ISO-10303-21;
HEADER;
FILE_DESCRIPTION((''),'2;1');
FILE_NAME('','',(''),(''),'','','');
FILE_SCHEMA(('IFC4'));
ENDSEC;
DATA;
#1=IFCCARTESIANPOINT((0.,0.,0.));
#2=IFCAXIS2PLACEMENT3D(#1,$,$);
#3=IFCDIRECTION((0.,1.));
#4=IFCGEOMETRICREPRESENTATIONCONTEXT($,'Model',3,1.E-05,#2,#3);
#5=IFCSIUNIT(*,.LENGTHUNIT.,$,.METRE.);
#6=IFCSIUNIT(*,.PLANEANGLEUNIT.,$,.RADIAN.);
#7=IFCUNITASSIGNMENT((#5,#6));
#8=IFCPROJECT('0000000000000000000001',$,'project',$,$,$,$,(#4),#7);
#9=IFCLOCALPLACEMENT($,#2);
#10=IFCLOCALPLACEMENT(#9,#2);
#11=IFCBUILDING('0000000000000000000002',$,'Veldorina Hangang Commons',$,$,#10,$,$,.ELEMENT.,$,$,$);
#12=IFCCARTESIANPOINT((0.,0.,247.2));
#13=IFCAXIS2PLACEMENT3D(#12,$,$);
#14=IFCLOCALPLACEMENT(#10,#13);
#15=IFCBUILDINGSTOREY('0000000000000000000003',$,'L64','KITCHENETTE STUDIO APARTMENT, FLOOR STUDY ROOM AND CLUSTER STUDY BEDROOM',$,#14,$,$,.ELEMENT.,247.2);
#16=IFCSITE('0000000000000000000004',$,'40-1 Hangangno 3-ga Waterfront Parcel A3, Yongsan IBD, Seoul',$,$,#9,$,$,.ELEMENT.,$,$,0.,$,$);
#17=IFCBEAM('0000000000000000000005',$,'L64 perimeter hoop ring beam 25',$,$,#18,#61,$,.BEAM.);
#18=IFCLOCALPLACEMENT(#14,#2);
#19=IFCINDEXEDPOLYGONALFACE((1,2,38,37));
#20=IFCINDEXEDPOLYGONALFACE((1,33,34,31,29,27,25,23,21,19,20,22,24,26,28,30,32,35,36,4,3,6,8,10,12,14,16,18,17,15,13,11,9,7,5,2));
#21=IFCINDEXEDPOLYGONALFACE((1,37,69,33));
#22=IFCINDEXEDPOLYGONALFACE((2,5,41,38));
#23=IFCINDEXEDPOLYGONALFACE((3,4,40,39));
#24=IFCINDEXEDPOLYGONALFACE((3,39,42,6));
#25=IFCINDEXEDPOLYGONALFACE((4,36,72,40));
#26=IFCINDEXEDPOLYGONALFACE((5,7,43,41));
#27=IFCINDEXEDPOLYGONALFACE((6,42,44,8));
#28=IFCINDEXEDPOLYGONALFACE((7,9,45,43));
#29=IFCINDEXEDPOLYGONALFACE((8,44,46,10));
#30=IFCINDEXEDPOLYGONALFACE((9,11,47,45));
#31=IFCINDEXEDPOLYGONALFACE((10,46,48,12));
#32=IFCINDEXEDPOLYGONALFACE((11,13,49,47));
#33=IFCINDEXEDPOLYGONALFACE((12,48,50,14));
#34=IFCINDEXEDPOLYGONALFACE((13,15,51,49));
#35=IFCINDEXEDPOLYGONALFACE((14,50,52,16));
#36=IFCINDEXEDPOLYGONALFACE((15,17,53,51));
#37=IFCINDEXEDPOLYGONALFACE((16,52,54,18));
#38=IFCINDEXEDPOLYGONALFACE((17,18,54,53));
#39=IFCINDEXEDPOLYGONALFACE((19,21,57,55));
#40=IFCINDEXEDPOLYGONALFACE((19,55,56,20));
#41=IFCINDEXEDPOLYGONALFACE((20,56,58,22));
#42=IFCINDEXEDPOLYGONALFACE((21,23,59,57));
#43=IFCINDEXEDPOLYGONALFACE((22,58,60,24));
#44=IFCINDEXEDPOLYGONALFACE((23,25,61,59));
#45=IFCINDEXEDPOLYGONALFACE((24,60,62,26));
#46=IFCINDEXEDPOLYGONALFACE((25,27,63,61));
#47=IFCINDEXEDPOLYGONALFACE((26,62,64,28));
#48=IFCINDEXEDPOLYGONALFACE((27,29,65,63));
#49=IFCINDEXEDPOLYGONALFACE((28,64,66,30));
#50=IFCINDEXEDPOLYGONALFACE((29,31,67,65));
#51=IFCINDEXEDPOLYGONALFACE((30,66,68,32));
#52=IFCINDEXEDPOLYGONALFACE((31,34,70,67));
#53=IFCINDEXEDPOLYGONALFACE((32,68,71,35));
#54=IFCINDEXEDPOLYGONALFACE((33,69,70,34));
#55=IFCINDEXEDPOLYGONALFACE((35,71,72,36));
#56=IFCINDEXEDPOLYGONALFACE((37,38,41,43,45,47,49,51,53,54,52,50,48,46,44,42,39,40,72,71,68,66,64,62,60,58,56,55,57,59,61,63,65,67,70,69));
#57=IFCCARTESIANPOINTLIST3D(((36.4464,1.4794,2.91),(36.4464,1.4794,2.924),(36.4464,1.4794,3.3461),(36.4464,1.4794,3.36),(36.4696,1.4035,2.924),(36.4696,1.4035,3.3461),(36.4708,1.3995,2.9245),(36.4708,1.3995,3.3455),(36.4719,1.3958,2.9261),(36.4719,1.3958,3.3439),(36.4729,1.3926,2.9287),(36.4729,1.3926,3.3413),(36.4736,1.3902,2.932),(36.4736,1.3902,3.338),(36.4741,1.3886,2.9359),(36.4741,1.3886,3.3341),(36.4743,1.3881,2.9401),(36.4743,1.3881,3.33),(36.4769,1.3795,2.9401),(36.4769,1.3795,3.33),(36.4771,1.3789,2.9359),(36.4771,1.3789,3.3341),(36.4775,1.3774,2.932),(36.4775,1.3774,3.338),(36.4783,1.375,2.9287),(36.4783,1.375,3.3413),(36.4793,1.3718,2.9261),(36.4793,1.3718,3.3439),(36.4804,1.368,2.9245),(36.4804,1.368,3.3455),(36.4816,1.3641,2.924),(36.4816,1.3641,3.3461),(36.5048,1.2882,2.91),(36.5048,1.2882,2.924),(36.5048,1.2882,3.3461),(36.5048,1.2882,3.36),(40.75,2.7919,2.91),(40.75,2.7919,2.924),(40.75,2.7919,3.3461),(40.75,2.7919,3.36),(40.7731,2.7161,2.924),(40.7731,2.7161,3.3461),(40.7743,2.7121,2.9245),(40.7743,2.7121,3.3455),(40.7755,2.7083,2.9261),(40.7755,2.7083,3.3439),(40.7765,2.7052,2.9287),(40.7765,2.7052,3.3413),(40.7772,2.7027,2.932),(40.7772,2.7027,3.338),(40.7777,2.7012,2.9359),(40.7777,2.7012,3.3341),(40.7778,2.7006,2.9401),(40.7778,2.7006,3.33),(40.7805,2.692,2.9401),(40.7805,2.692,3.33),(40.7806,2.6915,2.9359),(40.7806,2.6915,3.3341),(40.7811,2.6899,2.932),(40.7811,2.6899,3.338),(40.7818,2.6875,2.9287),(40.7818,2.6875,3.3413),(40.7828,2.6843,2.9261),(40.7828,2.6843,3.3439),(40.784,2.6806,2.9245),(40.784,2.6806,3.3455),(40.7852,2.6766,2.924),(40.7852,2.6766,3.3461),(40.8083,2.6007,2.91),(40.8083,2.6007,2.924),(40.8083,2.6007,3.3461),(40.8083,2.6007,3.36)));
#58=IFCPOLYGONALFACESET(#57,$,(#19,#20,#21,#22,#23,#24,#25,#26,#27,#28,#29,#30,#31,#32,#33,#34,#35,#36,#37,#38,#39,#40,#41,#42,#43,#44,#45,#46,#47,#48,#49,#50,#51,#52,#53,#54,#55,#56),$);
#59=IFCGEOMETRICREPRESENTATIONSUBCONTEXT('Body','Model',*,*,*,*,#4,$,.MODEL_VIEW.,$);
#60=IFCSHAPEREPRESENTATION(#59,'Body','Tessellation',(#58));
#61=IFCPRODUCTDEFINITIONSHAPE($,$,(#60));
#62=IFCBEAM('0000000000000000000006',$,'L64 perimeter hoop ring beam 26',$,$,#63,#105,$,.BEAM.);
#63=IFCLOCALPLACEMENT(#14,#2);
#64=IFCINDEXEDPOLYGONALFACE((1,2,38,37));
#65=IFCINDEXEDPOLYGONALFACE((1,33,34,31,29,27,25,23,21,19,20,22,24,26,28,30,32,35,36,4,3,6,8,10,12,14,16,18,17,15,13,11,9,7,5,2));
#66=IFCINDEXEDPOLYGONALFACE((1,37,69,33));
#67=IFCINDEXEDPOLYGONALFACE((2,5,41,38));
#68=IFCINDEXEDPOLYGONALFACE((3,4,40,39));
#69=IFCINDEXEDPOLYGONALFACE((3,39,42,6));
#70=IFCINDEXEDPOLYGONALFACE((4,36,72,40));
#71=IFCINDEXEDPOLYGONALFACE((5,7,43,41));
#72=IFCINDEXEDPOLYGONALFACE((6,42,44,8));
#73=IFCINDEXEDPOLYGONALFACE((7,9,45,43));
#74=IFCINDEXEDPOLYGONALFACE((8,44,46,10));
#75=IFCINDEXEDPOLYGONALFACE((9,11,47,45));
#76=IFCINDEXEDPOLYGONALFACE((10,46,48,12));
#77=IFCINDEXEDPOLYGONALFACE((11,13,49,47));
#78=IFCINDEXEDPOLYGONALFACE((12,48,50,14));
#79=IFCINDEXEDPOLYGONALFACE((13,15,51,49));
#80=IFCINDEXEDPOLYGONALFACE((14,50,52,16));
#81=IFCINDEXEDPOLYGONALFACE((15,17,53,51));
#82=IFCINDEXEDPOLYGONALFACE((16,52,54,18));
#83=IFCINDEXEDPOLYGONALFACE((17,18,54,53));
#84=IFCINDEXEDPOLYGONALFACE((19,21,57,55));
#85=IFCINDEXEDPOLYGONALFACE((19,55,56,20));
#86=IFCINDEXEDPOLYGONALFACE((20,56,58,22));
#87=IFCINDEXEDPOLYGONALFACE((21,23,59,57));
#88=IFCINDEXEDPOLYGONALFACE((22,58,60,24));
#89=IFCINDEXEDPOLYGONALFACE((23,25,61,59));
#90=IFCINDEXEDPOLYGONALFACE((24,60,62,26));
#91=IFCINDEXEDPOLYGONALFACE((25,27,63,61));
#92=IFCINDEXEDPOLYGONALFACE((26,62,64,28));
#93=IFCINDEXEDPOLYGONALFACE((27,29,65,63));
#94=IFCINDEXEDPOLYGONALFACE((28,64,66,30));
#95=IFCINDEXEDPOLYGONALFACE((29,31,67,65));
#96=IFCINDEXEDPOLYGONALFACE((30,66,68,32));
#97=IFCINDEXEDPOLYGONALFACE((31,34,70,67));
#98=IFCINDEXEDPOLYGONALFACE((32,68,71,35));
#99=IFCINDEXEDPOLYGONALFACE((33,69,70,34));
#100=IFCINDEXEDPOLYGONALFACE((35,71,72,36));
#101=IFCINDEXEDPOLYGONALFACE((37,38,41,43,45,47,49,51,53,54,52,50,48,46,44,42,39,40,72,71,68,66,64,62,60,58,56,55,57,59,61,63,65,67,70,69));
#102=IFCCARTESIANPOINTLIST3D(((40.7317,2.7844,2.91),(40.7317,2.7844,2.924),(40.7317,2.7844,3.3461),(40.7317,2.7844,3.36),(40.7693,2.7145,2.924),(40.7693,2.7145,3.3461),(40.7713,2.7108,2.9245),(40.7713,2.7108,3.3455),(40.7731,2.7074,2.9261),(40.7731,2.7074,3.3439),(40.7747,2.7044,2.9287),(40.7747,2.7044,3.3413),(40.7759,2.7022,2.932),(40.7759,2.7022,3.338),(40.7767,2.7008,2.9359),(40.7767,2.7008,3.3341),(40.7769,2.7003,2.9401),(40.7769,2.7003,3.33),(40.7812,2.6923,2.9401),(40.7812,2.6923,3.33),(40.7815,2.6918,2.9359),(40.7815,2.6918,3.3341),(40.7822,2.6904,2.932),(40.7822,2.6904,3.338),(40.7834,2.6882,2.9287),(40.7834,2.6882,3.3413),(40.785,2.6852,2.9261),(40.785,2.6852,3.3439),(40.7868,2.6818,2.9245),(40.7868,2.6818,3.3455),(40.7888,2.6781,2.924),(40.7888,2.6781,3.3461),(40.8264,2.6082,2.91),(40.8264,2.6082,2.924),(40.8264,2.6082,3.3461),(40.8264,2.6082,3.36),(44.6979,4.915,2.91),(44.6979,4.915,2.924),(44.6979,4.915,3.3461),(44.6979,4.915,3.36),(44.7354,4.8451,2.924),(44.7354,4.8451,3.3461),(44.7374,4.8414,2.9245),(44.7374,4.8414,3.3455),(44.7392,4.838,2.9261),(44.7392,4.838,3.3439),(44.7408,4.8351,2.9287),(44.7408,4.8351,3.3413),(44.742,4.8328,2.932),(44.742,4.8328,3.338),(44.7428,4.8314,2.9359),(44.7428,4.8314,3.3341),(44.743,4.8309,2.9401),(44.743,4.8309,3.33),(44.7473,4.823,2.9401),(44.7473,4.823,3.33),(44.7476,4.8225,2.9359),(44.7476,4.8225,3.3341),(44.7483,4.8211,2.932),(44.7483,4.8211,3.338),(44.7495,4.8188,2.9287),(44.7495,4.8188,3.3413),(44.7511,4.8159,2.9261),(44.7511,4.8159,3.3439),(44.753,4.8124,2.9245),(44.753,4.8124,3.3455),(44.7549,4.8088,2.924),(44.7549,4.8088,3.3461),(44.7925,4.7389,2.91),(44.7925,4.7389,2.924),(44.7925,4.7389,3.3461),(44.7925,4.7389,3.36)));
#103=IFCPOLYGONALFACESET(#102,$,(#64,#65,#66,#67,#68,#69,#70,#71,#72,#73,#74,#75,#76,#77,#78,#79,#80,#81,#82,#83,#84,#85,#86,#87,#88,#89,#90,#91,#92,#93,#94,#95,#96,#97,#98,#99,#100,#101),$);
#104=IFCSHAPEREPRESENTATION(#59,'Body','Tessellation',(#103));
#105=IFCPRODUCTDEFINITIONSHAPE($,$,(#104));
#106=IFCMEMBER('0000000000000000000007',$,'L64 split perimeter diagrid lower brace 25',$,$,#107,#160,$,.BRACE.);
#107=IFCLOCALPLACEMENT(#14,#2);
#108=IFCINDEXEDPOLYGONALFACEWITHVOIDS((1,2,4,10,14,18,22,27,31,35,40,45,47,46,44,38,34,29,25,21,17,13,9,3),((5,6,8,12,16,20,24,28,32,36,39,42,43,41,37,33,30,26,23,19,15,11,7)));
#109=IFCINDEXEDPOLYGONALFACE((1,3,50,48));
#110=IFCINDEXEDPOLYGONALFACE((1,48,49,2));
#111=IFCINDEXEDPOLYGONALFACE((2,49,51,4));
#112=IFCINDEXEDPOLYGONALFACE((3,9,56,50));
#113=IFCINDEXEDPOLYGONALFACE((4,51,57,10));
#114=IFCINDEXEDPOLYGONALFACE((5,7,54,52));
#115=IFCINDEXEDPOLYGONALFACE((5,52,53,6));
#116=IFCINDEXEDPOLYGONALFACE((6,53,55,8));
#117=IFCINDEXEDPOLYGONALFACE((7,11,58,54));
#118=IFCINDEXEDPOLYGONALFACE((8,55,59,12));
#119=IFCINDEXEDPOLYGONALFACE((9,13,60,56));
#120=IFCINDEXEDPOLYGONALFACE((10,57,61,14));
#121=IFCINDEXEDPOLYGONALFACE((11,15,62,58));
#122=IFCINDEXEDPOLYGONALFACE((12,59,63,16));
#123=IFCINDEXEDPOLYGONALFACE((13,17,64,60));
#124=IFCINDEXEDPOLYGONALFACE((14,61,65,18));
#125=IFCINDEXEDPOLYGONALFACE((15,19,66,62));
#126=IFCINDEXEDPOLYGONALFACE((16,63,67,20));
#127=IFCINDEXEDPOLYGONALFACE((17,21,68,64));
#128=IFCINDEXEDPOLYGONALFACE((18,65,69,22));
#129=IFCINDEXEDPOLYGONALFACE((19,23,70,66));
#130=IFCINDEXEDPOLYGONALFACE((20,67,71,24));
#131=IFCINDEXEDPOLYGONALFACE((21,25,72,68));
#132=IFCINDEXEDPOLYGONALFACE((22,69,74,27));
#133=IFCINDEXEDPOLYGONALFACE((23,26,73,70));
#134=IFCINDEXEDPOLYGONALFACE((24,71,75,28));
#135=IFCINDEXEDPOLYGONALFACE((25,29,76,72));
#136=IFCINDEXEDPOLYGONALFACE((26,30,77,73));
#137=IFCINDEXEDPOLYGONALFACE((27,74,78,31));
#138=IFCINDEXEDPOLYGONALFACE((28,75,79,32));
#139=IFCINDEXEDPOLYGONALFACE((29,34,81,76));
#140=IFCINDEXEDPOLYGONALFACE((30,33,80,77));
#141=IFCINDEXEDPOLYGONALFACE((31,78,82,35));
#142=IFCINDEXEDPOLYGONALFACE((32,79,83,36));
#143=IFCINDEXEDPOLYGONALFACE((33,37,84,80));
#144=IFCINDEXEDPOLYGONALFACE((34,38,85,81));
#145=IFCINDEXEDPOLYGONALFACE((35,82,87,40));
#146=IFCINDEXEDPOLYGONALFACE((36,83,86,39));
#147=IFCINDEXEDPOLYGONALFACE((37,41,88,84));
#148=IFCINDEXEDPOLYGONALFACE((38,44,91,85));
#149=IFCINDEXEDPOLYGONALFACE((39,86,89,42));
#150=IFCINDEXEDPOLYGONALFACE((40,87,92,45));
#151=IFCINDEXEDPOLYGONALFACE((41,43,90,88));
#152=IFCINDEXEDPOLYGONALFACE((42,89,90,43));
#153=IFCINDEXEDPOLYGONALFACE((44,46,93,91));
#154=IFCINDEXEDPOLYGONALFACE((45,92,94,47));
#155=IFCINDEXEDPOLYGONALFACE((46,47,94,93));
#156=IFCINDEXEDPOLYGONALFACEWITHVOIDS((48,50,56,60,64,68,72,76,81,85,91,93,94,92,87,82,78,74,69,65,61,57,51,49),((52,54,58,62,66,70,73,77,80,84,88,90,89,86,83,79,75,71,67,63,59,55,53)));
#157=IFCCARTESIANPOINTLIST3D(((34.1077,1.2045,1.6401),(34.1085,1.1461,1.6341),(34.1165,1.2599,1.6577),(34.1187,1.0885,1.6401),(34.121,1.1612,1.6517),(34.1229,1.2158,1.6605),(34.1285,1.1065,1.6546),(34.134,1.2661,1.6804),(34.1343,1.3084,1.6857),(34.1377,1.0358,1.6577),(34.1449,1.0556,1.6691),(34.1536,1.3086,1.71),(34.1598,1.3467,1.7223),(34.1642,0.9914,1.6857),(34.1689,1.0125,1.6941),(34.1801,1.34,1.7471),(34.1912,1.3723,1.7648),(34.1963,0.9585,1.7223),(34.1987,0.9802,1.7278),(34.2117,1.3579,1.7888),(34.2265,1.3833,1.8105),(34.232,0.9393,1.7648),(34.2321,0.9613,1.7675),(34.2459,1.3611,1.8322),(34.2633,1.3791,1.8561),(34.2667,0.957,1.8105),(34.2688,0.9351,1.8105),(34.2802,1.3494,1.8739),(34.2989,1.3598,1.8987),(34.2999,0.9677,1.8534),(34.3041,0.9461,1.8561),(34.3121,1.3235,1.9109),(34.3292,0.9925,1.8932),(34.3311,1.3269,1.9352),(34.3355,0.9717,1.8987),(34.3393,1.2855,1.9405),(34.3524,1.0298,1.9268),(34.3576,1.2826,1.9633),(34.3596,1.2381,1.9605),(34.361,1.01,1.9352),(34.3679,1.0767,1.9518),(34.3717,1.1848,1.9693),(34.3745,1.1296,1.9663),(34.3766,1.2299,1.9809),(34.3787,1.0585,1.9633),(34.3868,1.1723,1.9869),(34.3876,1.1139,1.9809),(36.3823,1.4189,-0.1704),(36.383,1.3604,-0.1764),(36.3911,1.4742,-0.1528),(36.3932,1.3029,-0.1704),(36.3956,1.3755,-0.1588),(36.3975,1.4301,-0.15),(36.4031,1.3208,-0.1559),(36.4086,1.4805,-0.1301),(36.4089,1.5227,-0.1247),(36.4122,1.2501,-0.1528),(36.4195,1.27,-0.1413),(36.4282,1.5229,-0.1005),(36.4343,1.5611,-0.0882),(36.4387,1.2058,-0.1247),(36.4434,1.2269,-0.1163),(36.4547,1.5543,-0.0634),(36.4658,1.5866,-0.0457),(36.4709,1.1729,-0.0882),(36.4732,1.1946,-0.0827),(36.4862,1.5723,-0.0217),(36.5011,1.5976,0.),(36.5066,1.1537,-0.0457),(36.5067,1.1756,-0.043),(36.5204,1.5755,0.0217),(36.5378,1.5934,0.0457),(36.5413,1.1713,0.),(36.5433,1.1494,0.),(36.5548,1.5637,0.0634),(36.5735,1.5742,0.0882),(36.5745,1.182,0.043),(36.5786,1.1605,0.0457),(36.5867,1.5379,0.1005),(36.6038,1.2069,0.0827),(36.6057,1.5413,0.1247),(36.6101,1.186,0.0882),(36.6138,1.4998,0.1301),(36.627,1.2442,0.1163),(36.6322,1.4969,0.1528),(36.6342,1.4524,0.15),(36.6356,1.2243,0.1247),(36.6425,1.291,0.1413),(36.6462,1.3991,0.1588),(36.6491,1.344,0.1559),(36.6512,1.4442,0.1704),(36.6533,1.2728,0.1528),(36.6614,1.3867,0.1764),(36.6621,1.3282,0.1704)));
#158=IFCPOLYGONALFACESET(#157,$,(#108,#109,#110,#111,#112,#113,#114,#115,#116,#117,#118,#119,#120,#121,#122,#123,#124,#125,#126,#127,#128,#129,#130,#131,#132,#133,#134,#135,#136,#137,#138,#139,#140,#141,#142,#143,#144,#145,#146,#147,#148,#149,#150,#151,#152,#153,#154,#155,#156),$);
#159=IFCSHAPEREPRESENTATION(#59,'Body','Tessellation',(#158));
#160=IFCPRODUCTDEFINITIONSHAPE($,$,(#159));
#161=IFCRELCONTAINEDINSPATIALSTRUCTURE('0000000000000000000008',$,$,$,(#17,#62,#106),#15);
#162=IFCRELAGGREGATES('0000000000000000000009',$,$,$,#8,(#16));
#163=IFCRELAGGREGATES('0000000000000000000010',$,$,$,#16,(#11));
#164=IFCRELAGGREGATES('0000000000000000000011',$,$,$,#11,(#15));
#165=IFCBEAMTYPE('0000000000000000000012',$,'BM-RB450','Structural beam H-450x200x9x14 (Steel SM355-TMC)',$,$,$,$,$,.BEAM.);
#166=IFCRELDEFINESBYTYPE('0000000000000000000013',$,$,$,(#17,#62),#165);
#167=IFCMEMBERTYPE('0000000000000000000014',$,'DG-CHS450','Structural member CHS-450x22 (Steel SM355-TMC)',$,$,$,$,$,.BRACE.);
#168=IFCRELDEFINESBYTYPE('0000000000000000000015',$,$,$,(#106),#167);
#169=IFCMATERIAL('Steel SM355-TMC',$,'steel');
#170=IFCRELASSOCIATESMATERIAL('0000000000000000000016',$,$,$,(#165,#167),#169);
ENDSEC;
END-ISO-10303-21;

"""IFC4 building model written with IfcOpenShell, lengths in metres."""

from ifc_helpers import new_model, si_unit, direction, frame, origin, origin_2d, place, context, subcontext, project, spatial, hollow_circle, i_section, extrude, material, material_profile, profile_set, type_object, element, save


model = new_model("IFC4")

# Units and contexts
model_context = context("Model", 3, precision=1e-05, world=origin(), true_north=direction((0.0, 1.0)))
body_context = subcontext(model_context, "Body", "Model", "MODEL_VIEW")
ifc_project = project(units=[si_unit("LENGTHUNIT", "METRE"), si_unit("PLANEANGLEUNIT", "RADIAN")], contexts=[model_context])

# Site, building, storey
site_placement = place(None, origin())
site = spatial("IfcSite", under=ifc_project, at=site_placement, Name="40-1 Hangangno 3-ga Waterfront Parcel A3, Yongsan IBD, Seoul", CompositionType="ELEMENT", RefElevation=0.0)
building_placement = place(site_placement, origin())
building = spatial("IfcBuilding", under=site, at=building_placement, Name="Veldorina Hangang Commons", CompositionType="ELEMENT")
storey_placement = place(building_placement, frame((0.0, 0.0, 247.2)))
storey = spatial("IfcBuildingStorey", under=building, at=storey_placement, Name="L64", Description="KITCHENETTE STUDIO APARTMENT, FLOOR STUDY ROOM AND CLUSTER STUDY BEDROOM", CompositionType="ELEMENT", Elevation=247.2)

# Beams
ifc_material_1 = material(Name="Steel SM355-TMC", Category="steel")
ifc_material_profile_1 = material_profile(ifc_material_1, i_section(OverallWidth=0.2, OverallDepth=0.45, WebThickness=0.009, FlangeThickness=0.0139, FilletRadius=0.0161, at=origin_2d()), Name="H-450x200x9x14")
ifc_profile_set_1 = profile_set([ifc_material_profile_1], Name="Steel SM355-TMC")
beam_type = type_object("IfcBeamType", Name="BM-RB450", Description="Structural beam H-450x200x9x14 (Steel SM355-TMC)", PredefinedType="BEAM", material=ifc_profile_set_1)
beam_1_placement = place(storey_placement, frame((36.4756, 1.3838, 3.135), z_axis=(0.956504, 0.291721, 0.0), x_axis=(-0.291721, 0.956504, 0.0)))
element("IfcBeam", 1, at=beam_1_placement, inside=storey, type_object=beam_type, Name="L64 perimeter hoop ring beam 25", PredefinedType="BEAM", context=body_context, shape_type="SweptSolid", body=[
    extrude(i_section(OverallWidth=0.2, OverallDepth=0.45, WebThickness=0.009, FlangeThickness=0.0139, FilletRadius=0.0161, at=origin_2d()), origin(), (0.0, 0.0, 1.0), 4.4993),
])
beam_2_placement = place(storey_placement, frame((40.7791, 2.6963, 3.135), z_axis=(0.88093, 0.473246, 0.0), x_axis=(-0.473246, 0.88093, 0.0)))
element("IfcBeam", 2, at=beam_2_placement, inside=storey, type_object=beam_type, Name="L64 perimeter hoop ring beam 26", PredefinedType="BEAM", context=body_context, shape_type="SweptSolid", body=[
    extrude(i_section(OverallWidth=0.2, OverallDepth=0.45, WebThickness=0.009, FlangeThickness=0.0139, FilletRadius=0.0161, at=origin_2d()), origin(), (0.0, 0.0, 1.0), 4.5022),
])

# Member
ifc_material_profile_2 = material_profile(ifc_material_1, hollow_circle(Radius=0.2251, WallThickness=0.022, at=origin_2d()), Name="CHS-450x22")
ifc_profile_set_2 = profile_set([ifc_material_profile_2], Name="Steel SM355-TMC")
member_type_1 = type_object("IfcMemberType", Name="DG-CHS450", Description="Structural member CHS-450x22 (Steel SM355-TMC)", PredefinedType="BRACE", material=ifc_profile_set_2)
member_1_placement = place(storey_placement, frame((36.5222, 1.3735, 0.0), z_axis=(-0.780289, -0.073532, 0.621082), x_axis=(0.093821, -0.995589, 0.0)))
element("IfcMember", 3, at=member_1_placement, inside=storey, type_object=member_type_1, Name="L64 split perimeter diagrid lower brace 25", PredefinedType="BRACE", context=body_context, shape_type="SweptSolid", body=[
    extrude(hollow_circle(Radius=0.2251, WallThickness=0.022, at=origin_2d()), origin(), (0.0, 0.0, 1.0), 2.915),
])

save(model, "model.ifc")
